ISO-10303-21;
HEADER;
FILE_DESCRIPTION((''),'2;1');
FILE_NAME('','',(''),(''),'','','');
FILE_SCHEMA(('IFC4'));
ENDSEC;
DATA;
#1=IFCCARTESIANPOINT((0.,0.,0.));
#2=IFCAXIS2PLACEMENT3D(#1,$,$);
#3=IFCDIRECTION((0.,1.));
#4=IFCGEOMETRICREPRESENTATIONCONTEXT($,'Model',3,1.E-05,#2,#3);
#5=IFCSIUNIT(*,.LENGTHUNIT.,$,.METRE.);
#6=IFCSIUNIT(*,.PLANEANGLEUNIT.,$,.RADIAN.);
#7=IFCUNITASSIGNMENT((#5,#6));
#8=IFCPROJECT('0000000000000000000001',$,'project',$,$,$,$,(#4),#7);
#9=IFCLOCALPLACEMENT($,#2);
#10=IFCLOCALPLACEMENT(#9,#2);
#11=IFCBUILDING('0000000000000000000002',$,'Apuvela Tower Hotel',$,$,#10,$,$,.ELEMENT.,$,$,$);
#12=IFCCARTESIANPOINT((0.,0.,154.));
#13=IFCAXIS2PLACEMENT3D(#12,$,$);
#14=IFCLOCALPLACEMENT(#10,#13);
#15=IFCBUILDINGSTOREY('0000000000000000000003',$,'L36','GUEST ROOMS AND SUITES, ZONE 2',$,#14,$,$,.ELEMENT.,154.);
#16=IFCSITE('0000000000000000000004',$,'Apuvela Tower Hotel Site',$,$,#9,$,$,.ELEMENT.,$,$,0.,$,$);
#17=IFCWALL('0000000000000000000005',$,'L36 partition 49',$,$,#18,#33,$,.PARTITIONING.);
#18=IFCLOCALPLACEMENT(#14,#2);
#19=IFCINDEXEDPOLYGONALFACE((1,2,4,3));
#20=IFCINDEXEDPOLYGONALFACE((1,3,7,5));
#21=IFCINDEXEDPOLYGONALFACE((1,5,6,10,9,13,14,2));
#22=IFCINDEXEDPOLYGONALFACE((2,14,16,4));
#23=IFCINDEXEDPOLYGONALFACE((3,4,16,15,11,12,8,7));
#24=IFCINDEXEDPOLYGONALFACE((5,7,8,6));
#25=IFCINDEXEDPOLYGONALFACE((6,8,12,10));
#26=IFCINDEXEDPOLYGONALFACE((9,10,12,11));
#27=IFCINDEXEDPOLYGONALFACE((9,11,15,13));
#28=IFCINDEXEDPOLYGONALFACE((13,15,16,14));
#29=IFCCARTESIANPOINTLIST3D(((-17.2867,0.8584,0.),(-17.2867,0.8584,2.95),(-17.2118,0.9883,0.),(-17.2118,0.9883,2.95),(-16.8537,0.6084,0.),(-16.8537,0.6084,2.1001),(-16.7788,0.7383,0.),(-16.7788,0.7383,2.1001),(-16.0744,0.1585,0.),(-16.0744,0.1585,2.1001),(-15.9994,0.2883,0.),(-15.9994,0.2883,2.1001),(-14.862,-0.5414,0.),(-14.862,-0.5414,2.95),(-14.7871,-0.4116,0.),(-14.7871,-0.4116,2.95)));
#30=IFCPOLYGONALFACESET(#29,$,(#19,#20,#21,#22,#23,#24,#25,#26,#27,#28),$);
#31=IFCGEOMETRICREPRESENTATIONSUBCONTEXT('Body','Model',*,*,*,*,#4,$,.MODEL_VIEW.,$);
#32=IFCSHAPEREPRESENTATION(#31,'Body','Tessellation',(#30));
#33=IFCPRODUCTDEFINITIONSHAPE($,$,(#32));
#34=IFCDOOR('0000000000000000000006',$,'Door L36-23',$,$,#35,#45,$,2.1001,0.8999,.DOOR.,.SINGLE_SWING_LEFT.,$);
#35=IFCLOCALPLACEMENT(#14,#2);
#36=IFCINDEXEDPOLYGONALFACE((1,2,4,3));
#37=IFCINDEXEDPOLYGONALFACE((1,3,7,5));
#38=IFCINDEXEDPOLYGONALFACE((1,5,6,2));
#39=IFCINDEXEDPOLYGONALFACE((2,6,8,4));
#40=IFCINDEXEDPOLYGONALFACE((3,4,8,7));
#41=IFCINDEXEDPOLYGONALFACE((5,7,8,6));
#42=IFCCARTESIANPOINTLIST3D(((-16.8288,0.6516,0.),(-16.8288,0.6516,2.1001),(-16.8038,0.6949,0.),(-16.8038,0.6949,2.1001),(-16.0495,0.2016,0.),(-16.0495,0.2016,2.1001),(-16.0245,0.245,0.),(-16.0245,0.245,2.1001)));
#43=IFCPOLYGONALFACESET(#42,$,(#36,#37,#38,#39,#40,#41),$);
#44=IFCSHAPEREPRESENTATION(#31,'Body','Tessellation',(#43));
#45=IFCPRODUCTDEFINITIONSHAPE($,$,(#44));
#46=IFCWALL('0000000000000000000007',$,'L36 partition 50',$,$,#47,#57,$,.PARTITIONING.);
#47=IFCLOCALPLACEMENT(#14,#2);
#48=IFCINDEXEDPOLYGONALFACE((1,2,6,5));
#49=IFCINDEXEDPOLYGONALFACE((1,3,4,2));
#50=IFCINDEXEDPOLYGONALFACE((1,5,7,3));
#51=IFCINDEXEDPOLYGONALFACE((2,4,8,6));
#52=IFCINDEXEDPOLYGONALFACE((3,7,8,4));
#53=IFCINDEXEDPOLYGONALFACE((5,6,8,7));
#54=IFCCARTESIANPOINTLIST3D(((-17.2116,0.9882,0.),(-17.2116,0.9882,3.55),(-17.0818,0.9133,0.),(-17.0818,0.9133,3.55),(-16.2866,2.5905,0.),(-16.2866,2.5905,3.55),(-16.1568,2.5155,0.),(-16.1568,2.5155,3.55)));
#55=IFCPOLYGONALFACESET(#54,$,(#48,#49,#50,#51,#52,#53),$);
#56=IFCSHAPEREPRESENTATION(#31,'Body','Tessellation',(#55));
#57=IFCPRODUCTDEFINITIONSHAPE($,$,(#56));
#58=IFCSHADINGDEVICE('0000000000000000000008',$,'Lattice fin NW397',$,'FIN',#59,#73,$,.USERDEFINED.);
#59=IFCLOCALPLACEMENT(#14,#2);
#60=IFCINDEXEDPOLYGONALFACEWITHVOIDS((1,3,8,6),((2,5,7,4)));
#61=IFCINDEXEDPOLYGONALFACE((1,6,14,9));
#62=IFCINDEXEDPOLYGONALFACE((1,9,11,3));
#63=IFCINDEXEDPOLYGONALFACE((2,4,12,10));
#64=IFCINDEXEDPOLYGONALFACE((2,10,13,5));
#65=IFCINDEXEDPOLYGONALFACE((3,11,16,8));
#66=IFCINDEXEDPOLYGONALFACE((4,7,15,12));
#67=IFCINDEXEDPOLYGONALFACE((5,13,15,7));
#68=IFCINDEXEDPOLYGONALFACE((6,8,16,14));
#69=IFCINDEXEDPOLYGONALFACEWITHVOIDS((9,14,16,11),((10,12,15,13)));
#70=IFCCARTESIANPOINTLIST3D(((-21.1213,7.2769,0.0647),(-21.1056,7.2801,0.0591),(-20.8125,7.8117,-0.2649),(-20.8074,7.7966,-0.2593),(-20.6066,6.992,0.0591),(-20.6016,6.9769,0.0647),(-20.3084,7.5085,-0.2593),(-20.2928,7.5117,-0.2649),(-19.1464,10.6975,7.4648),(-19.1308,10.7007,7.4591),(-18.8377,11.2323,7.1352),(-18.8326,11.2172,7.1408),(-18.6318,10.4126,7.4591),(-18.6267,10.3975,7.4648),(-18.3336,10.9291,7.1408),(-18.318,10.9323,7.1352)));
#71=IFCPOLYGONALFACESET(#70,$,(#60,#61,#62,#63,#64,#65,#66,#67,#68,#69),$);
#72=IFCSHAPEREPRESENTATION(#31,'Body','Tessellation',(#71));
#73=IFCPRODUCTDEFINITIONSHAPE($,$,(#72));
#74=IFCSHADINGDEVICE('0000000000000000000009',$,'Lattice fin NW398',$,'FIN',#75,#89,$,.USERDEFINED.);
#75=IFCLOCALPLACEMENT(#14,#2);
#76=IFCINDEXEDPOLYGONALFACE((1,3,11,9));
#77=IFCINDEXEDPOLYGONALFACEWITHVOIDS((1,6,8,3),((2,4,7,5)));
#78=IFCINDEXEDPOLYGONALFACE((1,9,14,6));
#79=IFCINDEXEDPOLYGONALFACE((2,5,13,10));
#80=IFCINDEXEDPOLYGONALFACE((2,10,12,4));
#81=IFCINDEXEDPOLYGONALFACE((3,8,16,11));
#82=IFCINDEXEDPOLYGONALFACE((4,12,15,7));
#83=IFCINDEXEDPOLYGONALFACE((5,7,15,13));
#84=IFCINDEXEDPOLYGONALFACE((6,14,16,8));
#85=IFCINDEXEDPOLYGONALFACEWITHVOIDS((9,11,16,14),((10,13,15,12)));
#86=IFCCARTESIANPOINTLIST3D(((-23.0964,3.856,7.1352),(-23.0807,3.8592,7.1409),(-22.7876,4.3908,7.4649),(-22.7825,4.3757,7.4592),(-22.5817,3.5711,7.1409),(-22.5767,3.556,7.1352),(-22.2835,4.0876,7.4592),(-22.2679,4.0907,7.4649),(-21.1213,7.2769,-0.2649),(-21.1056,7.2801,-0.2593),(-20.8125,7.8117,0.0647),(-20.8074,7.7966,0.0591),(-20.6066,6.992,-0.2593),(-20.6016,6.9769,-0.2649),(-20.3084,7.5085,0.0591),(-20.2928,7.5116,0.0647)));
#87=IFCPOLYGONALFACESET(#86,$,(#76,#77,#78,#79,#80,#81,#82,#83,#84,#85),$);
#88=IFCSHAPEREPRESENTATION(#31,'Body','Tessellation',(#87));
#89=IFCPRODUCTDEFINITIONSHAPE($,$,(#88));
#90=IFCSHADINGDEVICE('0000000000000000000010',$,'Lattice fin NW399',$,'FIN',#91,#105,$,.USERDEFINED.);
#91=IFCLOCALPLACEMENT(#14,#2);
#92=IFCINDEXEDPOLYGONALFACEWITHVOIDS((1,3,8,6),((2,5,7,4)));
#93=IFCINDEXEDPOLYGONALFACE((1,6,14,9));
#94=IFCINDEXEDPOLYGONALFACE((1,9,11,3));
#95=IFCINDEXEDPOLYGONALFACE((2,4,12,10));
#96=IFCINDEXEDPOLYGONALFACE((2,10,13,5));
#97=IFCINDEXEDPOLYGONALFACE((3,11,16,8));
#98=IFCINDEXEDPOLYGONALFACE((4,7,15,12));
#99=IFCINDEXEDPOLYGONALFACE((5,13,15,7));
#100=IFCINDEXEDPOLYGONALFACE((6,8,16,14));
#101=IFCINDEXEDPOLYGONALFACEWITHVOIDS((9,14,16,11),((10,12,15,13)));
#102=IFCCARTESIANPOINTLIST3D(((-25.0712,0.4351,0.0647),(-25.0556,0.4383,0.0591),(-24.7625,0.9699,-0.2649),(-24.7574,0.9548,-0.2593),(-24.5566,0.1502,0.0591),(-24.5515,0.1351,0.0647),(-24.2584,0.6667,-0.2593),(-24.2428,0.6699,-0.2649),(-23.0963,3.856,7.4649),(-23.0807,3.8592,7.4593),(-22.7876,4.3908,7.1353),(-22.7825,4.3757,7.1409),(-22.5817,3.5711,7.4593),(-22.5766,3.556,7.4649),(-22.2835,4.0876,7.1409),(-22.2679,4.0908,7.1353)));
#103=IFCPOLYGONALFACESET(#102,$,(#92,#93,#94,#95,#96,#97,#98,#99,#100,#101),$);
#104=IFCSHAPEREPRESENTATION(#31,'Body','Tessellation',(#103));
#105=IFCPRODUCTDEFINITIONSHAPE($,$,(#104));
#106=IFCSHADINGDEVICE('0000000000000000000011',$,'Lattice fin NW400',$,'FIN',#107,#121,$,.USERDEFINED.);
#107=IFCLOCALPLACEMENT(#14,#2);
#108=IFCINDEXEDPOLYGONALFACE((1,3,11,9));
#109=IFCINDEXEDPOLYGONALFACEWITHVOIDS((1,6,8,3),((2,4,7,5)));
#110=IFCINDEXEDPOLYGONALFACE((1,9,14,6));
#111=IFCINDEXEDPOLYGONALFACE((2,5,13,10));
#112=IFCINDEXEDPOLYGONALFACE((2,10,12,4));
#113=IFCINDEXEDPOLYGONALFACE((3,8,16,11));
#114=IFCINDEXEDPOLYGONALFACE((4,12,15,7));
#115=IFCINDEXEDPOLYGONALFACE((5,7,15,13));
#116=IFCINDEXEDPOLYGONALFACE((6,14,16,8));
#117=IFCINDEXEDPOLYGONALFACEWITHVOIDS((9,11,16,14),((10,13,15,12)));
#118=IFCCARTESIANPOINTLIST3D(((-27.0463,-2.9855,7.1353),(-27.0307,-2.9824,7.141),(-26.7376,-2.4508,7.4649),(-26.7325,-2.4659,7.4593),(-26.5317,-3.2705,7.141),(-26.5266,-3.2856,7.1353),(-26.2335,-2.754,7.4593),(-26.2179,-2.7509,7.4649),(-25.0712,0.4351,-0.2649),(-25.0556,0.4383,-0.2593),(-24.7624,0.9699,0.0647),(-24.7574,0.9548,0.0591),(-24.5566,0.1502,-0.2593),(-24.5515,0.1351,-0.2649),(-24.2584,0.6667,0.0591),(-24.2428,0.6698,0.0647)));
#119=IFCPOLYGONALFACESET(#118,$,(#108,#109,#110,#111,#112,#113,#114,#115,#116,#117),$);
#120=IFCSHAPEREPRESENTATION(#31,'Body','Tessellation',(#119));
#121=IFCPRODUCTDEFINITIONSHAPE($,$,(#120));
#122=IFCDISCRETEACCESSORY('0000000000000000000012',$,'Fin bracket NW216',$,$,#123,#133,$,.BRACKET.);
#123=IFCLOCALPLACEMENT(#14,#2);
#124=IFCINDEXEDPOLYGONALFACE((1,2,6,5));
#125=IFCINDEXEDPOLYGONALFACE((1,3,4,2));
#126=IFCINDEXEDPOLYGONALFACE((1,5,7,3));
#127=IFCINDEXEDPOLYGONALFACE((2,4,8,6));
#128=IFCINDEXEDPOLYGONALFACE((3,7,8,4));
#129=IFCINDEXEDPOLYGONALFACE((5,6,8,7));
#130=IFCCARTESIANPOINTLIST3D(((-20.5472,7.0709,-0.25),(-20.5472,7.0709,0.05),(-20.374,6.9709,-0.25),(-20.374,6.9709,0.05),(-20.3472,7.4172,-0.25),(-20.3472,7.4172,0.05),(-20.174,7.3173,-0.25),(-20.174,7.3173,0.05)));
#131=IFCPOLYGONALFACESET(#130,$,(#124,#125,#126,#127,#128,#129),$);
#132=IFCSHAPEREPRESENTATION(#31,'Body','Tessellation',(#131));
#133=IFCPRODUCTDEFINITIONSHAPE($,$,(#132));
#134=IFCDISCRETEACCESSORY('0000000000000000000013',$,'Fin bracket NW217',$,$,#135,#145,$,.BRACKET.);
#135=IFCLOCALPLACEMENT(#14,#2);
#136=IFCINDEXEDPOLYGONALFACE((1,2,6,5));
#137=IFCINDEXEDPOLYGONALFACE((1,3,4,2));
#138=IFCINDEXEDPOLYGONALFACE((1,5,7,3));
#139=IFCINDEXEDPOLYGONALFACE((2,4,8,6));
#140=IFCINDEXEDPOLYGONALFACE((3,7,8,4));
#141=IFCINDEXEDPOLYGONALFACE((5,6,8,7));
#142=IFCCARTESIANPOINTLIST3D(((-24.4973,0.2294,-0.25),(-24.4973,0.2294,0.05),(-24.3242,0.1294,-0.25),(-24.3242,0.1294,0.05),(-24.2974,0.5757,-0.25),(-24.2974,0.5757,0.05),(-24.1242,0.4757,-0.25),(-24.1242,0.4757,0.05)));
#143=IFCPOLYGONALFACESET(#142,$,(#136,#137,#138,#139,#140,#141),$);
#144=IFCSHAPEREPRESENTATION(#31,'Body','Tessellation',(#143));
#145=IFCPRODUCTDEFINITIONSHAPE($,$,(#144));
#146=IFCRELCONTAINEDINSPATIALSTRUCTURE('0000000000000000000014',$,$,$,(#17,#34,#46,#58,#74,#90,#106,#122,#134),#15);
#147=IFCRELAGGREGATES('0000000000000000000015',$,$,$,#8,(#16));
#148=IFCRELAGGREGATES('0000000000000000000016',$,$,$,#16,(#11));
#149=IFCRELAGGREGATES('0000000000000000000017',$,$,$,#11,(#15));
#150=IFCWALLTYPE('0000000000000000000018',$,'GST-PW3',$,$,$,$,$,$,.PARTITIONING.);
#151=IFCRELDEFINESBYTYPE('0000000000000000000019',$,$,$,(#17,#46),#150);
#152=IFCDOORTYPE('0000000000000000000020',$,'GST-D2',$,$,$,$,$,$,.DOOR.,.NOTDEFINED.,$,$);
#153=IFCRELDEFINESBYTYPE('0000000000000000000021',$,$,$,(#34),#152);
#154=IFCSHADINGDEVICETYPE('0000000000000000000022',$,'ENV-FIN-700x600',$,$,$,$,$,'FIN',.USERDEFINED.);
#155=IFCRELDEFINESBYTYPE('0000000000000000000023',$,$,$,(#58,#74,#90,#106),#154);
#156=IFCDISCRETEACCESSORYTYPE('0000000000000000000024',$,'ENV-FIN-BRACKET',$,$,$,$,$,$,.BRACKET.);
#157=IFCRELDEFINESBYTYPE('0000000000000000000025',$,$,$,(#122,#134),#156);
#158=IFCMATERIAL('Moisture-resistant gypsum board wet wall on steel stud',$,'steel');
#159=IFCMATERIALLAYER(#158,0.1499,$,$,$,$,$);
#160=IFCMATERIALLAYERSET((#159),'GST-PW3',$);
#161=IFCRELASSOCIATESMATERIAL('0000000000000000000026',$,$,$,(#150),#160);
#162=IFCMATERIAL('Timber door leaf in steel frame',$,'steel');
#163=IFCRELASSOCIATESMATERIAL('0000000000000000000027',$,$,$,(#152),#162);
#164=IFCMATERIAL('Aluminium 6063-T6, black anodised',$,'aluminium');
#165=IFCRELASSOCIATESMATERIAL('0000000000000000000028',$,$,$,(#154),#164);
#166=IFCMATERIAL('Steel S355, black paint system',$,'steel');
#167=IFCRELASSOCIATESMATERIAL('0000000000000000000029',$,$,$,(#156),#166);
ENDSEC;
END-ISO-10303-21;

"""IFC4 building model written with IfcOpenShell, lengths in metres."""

from ifc_helpers import new_model, si_unit, direction, frame, frame_2d, origin, origin_2d, place, context, subcontext, project, spatial, rectangle, hollow_rectangle, extrude, material, layer, layer_set, material_profile, profile_set, type_object, element, fill, save


model = new_model("IFC4")

# Units and contexts
model_context = context("Model", 3, precision=1e-05, world=origin(), true_north=direction((0.0, 1.0)))
body_context = subcontext(model_context, "Body", "Model", "MODEL_VIEW")
ifc_project = project(units=[si_unit("LENGTHUNIT", "METRE"), si_unit("PLANEANGLEUNIT", "RADIAN")], contexts=[model_context])

# Site, building, storey
site_placement = place(None, origin())
site = spatial("IfcSite", under=ifc_project, at=site_placement, Name="Apuvela Tower Hotel Site", CompositionType="ELEMENT", RefElevation=0.0)
building_placement = place(site_placement, origin())
building = spatial("IfcBuilding", under=site, at=building_placement, Name="Apuvela Tower Hotel", CompositionType="ELEMENT")
storey_placement = place(building_placement, frame((0.0, 0.0, 154.0)))
storey = spatial("IfcBuildingStorey", under=building, at=storey_placement, Name="L36", Description="GUEST ROOMS AND SUITES, ZONE 2", CompositionType="ELEMENT", Elevation=154.0)

# Wall, opening, door
ifc_material_1 = material(Name="Moisture-resistant gypsum board wet wall on steel stud", Category="steel")
ifc_layer_1 = layer(ifc_material_1, 0.1499)
ifc_layer_set_1 = layer_set([ifc_layer_1], Name="GST-PW3")
wall_type_1 = type_object("IfcWallType", Name="GST-PW3", PredefinedType="PARTITIONING", material=ifc_layer_set_1)
wall_1_placement = place(storey_placement, frame((-17.2493, 0.9233, 0.0), z_axis=(0.0, 0.0, 1.0), x_axis=(0.866035, -0.499984, 0.0)))
wall_1 = element("IfcWall", 1, at=wall_1_placement, inside=storey, type_object=wall_type_1, Name="L36 partition 49", PredefinedType="PARTITIONING", context=body_context, shape_type="SweptSolid", body=[
    extrude(rectangle(XDim=2.7998, YDim=0.1499, at=frame_2d((1.3999, 0.0))), origin(), (0.0, 0.0, 1.0), 2.95),
])
opening_1_placement = place(wall_1_placement, frame((0.5, 0.0, 0.0)))
opening_1 = element("IfcOpeningElement", 2, at=opening_1_placement, cuts=wall_1, PredefinedType="OPENING", context=body_context, shape_type="SweptSolid", body=[
    extrude(rectangle(XDim=0.8999, YDim=2.1001, at=frame_2d((0.45, 1.05))), frame((0.0, 0.085, 0.0), z_axis=(0.0, -1.0, 0.0), x_axis=(1.0, 0.0, 0.0)), (0.0, 0.0, 1.0), 0.1699),
])
ifc_material_2 = material(Name="Timber door leaf in steel frame", Category="steel")
door_type_1 = type_object("IfcDoorType", Name="GST-D2", OperationType="NOTDEFINED", PredefinedType="DOOR", material=ifc_material_2)
door_1_placement = place(opening_1_placement, origin())
door_1 = element("IfcDoor", 3, at=door_1_placement, inside=storey, type_object=door_type_1, Name="Door L36-23", OperationType="SINGLE_SWING_LEFT", OverallHeight=2.1001, OverallWidth=0.8999, PredefinedType="DOOR", context=body_context, shape_type="SweptSolid", body=[
    extrude(rectangle(XDim=0.8999, YDim=2.1001, at=frame_2d((0.45, 1.05))), frame((0.0, 0.0249, 0.0), z_axis=(0.0, -1.0, 0.0), x_axis=(1.0, 0.0, 0.0)), (0.0, 0.0, 1.0), 0.05),
])
fill(opening_1, door_1)

# Wall
wall_2_placement = place(storey_placement, frame((-16.2217, 2.553, 0.0), z_axis=(0.0, 0.0, 1.0), x_axis=(-0.499985, -0.866034, 0.0)))
element("IfcWall", 4, at=wall_2_placement, inside=storey, type_object=wall_type_1, Name="L36 partition 50", PredefinedType="PARTITIONING", context=body_context, shape_type="SweptSolid", body=[
    extrude(rectangle(XDim=1.8501, YDim=0.1499, at=frame_2d((0.925, 0.0))), origin(), (0.0, 0.0, 1.0), 3.55),
])

# Shading devices
ifc_material_3 = material(Name="Aluminium 6063-T6, black anodised", Category="aluminium")
ifc_material_profile_1 = material_profile(ifc_material_3, hollow_rectangle(XDim=0.6001, YDim=0.7, WallThickness=0.012, at=origin_2d()), Name="AL BOX 700x600x12")
ifc_profile_set_1 = profile_set([ifc_material_profile_1], Name="Aluminium 6063-T6, black anodised")
shading_device_type = type_object("IfcShadingDeviceType", Name="ENV-FIN-700x600", ElementType="FIN", PredefinedType="USERDEFINED", material=ifc_profile_set_1)
shading_device_placement = place(storey_placement, frame((-20.707, 7.3943, -0.1001), z_axis=(0.23543, 0.40779, 0.882202), x_axis=(-0.866032, 0.499988, 0.0)))
element("IfcShadingDevice", 5, at=shading_device_placement, inside=storey, type_object=shading_device_type, Name="Lattice fin NW397", ObjectType="FIN", PredefinedType="USERDEFINED", context=body_context, shape_type="SweptSolid", body=[
    extrude(hollow_rectangle(XDim=0.6001, YDim=0.7, WallThickness=0.012, at=origin_2d()), origin(), (0.0, 0.0, 1.0), 8.3882),
])
for number, where, z_axis, x_axis, name in (
    (6, (-20.707, 7.3943, -0.1001), (-0.235455, -0.407812, 0.882185), (0.866021, -0.500008, 0.0), "Lattice fin NW398"),
    (7, (-24.657, 0.5525, -0.1001), (0.235428, 0.407814, 0.882191), (-0.866048, 0.499961, 0.0), "Lattice fin NW399"),
    (8, (-24.657, 0.5525, -0.1001), (-0.235458, -0.407787, 0.882196), (0.866005, -0.500035, 0.0), "Lattice fin NW400"),
):
    element("IfcShadingDevice", number, at=place(storey_placement, frame(where, z_axis=z_axis, x_axis=x_axis)), inside=storey, type_object=shading_device_type, Name=name, ObjectType="FIN", PredefinedType="USERDEFINED", context=body_context, shape_type="SweptSolid", body=[
        extrude(hollow_rectangle(XDim=0.6001, YDim=0.7, WallThickness=0.012, at=origin_2d()), origin(), (0.0, 0.0, 1.0), 8.3884),
    ])

# Discrete accessories
ifc_material_4 = material(Name="Steel S355, black paint system", Category="steel")
discrete_accessory_type = type_object("IfcDiscreteAccessoryType", Name="ENV-FIN-BRACKET", PredefinedType="BRACKET", material=ifc_material_4)
for number, where, z_axis, x_axis, name in (
    (9, (-20.3606, 7.1941, -0.25), (0.0, 0.0, 1.0), (-0.5, -0.866025, 0.0), "Fin bracket NW216"),
    (10, (-24.3108, 0.3525, -0.25), (0.0, 0.0, 1.0), (-0.5, -0.866025, 0.0), "Fin bracket NW217"),
):
    element("IfcDiscreteAccessory", number, at=place(storey_placement, frame(where, z_axis=z_axis, x_axis=x_axis)), inside=storey, type_object=discrete_accessory_type, Name=name, PredefinedType="BRACKET", context=body_context, shape_type="SweptSolid", body=[
        extrude(rectangle(XDim=0.3999, YDim=0.2, at=origin_2d()), origin(), (0.0, 0.0, 1.0), 0.3),
    ])

save(model, "model.ifc")
